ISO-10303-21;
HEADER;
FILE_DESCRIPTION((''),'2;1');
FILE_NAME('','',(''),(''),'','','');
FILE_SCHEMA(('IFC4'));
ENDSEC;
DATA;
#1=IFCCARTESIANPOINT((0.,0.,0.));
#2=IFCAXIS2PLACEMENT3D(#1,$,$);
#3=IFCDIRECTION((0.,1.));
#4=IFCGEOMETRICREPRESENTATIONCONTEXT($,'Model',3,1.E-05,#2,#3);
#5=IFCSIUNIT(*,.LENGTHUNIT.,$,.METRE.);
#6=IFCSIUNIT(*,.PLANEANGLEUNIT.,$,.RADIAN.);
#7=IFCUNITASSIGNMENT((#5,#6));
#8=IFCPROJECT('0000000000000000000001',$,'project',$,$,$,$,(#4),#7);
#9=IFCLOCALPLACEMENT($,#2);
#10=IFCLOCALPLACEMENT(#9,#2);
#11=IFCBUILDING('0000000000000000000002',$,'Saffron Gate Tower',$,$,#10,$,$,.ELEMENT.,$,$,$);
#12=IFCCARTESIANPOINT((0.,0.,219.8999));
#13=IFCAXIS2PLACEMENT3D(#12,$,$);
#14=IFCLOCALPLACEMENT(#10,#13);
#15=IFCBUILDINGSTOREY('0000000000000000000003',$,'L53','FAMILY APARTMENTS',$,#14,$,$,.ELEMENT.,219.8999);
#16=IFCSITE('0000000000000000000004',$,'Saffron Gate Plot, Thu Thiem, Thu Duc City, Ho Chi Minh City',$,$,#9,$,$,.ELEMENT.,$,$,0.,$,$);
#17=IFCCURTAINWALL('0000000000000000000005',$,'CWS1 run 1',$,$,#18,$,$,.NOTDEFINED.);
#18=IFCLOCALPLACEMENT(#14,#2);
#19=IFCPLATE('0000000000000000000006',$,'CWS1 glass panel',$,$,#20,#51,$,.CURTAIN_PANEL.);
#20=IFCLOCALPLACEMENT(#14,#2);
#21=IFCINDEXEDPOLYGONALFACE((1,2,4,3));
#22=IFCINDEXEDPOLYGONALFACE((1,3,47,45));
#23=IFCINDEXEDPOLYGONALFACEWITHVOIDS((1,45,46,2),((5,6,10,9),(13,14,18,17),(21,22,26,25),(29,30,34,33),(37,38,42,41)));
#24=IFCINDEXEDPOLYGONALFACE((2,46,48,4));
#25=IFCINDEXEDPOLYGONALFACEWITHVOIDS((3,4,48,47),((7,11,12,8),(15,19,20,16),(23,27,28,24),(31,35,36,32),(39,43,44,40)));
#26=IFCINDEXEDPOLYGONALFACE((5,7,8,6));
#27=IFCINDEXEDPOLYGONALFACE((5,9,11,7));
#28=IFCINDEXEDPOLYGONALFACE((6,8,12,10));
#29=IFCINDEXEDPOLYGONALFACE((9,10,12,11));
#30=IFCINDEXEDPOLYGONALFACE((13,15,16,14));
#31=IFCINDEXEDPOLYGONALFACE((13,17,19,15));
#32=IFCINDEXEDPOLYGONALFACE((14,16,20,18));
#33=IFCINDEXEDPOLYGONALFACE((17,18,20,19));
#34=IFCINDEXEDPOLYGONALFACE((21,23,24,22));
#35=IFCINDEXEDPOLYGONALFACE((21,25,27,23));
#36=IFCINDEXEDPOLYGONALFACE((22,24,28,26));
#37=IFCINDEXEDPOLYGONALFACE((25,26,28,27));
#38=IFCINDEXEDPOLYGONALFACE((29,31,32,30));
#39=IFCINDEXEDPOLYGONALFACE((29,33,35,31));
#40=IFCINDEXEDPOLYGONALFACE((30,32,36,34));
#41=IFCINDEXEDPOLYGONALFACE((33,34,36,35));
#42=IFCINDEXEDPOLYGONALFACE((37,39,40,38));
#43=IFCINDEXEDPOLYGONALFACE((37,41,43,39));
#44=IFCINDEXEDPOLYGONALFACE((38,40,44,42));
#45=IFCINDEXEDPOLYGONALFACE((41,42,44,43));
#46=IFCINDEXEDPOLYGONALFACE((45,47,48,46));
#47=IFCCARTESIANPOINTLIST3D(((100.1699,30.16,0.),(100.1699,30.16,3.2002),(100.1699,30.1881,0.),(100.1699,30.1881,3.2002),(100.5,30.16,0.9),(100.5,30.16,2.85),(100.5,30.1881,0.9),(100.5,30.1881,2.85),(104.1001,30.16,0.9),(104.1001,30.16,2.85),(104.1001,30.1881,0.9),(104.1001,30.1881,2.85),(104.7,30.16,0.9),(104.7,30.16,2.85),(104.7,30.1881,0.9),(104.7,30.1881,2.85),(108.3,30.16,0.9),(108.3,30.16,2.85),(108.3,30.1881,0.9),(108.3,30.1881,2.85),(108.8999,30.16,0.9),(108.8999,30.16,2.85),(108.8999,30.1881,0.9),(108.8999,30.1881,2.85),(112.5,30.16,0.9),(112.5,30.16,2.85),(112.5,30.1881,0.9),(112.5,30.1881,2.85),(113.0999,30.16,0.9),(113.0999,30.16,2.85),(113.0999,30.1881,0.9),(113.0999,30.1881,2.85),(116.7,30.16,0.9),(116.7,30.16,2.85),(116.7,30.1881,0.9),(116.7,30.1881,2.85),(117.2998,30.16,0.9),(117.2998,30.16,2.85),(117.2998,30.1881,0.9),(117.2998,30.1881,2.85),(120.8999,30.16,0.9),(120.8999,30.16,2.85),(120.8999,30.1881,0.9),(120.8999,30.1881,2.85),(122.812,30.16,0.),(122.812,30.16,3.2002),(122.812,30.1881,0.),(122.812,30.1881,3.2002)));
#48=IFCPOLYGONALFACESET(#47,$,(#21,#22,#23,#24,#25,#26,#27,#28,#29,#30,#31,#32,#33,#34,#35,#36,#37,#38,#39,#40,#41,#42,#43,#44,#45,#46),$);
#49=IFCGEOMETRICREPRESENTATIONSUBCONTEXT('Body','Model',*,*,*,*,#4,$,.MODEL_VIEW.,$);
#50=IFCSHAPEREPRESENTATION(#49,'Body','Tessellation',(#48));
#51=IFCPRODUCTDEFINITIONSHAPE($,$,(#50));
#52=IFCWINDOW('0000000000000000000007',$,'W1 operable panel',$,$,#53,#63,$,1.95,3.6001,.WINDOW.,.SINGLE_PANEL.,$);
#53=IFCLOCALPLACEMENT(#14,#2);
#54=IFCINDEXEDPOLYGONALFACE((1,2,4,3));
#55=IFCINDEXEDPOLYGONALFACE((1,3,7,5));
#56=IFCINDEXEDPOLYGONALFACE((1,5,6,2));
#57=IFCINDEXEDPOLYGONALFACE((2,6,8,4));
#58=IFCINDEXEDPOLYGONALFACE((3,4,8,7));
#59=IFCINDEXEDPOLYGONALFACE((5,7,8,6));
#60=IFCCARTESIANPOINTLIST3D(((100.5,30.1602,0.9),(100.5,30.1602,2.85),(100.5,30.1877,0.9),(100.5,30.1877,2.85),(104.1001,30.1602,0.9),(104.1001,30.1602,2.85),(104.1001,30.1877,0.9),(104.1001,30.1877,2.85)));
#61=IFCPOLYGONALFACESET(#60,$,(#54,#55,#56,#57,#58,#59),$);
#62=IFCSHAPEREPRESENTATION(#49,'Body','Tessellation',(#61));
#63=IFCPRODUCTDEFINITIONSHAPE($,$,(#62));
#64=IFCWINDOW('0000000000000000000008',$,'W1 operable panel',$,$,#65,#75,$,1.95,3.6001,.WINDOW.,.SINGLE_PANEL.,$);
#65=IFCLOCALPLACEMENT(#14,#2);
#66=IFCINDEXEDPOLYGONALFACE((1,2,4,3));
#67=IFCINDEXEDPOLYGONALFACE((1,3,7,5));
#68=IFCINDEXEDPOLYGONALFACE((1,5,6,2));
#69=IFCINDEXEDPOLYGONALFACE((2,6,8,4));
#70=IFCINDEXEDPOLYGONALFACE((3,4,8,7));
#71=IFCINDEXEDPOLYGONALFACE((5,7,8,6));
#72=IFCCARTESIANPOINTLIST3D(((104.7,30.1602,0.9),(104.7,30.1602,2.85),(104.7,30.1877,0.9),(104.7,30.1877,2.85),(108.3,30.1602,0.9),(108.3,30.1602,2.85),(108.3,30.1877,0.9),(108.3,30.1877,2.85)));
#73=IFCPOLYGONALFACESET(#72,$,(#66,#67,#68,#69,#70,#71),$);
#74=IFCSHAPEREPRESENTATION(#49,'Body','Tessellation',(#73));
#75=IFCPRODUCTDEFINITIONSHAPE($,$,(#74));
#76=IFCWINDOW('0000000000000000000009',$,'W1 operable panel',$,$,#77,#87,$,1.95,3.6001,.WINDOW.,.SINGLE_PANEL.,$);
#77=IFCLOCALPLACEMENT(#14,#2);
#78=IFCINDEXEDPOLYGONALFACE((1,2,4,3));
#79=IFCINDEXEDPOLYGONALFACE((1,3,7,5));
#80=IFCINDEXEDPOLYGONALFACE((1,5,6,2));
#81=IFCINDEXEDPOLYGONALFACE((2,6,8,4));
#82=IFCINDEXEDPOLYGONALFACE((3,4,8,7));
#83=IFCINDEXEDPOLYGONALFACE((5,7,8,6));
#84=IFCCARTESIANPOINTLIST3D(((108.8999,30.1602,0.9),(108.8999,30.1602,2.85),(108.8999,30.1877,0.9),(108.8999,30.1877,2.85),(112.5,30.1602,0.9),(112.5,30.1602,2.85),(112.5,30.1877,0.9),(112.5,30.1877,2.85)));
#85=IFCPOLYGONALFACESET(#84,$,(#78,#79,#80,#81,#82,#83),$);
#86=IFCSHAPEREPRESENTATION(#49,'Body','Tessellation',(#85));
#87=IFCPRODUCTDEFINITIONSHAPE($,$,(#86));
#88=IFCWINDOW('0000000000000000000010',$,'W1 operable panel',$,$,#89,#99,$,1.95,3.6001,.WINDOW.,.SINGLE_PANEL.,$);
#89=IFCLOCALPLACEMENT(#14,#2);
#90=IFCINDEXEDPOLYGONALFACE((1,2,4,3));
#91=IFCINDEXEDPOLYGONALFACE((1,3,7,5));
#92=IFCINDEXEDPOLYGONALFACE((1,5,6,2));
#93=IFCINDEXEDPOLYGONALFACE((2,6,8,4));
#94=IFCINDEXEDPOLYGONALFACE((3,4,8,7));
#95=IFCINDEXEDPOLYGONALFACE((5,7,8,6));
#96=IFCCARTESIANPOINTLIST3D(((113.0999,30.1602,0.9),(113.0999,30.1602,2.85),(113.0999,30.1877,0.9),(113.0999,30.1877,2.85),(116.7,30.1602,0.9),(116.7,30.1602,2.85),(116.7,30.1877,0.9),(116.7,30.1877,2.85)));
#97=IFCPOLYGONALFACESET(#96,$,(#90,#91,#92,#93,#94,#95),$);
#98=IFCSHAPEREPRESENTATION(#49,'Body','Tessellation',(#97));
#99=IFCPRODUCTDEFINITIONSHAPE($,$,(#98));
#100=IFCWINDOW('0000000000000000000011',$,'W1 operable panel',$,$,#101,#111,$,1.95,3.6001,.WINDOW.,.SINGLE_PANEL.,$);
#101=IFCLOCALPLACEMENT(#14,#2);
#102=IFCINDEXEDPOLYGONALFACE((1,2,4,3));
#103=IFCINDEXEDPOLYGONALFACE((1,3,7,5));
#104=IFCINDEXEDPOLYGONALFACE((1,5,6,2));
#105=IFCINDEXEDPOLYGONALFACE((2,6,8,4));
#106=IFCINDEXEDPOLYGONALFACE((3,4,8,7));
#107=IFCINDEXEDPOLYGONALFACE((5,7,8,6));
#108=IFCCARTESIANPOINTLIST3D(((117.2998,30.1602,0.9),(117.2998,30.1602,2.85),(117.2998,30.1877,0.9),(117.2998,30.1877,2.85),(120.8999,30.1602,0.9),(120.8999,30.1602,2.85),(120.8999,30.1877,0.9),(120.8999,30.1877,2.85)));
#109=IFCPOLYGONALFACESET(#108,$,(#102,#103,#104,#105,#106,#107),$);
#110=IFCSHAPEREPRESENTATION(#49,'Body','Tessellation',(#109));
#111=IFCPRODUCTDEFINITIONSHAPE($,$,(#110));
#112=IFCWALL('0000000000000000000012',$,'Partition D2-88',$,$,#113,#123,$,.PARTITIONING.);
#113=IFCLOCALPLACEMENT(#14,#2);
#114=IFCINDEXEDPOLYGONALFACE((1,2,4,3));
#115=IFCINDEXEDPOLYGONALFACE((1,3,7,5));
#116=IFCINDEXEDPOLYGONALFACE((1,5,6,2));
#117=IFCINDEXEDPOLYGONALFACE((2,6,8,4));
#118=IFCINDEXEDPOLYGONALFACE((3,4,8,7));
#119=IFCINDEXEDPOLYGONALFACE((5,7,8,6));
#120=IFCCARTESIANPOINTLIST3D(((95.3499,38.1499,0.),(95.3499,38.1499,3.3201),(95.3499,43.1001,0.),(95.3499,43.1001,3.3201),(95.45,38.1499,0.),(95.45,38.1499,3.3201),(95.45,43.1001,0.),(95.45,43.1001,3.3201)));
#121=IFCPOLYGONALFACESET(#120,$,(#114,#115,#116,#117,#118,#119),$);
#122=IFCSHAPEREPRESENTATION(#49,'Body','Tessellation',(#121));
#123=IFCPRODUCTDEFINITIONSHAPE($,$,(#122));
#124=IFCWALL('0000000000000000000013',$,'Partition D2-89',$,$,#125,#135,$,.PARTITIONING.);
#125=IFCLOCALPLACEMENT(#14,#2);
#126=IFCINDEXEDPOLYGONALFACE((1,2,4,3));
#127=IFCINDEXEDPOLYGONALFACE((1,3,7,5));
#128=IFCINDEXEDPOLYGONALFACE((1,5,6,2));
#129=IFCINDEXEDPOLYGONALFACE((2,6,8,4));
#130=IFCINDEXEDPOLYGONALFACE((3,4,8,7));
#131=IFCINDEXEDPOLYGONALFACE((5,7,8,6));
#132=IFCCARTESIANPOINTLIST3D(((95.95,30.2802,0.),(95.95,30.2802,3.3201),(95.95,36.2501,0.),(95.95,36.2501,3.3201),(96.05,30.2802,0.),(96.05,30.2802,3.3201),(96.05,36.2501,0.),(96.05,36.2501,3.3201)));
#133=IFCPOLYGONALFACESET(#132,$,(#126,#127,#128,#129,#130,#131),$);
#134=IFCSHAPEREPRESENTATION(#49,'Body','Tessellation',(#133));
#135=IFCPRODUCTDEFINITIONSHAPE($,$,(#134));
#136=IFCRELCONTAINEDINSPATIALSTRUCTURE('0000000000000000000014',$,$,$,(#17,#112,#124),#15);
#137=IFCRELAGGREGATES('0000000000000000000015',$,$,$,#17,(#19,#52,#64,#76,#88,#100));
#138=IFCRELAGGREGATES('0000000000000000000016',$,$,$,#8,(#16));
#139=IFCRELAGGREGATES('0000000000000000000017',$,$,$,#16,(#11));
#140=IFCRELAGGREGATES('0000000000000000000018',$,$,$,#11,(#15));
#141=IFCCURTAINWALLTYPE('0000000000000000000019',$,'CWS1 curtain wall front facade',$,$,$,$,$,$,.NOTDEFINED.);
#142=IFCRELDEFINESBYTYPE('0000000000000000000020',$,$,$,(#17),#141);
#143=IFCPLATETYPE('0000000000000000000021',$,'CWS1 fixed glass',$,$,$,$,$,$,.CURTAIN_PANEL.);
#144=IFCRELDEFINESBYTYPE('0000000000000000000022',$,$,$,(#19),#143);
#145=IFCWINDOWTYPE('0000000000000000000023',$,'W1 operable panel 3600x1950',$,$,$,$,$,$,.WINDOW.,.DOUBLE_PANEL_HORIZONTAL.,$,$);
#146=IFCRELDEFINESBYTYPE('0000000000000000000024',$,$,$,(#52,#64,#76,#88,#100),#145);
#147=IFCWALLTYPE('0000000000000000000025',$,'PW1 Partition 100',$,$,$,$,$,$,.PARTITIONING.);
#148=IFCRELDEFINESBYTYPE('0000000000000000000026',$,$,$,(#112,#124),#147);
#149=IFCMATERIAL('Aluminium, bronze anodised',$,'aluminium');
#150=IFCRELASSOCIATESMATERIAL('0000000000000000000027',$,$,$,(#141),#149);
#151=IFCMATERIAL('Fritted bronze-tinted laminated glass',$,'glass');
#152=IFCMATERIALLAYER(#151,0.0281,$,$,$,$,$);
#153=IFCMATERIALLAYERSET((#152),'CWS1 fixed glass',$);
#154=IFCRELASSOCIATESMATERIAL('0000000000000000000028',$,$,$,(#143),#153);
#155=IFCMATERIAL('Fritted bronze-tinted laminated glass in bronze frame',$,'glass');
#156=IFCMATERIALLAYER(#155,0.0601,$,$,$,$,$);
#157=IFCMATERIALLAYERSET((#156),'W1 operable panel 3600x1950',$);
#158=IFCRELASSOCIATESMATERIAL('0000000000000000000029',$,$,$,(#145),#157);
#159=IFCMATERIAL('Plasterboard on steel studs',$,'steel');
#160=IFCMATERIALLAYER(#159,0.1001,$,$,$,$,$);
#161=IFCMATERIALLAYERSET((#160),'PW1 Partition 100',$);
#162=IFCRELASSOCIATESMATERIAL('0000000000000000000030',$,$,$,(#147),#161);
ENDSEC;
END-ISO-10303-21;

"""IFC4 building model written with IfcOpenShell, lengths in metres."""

from ifc_helpers import new_model, si_unit, direction, frame, frame_2d, origin, place, context, subcontext, project, spatial, rectangle, extrude, material, layer, layer_set, type_object, element, fill, aggregate, save


model = new_model("IFC4")

# Units and contexts
model_context = context("Model", 3, precision=1e-05, world=origin(), true_north=direction((0.0, 1.0)))
body_context = subcontext(model_context, "Body", "Model", "MODEL_VIEW")
ifc_project = project(units=[si_unit("LENGTHUNIT", "METRE"), si_unit("PLANEANGLEUNIT", "RADIAN")], contexts=[model_context])

# Site, building, storey
site_placement = place(None, origin())
site = spatial("IfcSite", under=ifc_project, at=site_placement, Name="Saffron Gate Plot, Thu Thiem, Thu Duc City, Ho Chi Minh City", CompositionType="ELEMENT", RefElevation=0.0)
building_placement = place(site_placement, origin())
building = spatial("IfcBuilding", under=site, at=building_placement, Name="Saffron Gate Tower", CompositionType="ELEMENT")
storey_placement = place(building_placement, frame((0.0, 0.0, 219.8999)))
storey = spatial("IfcBuildingStorey", under=building, at=storey_placement, Name="L53", Description="FAMILY APARTMENTS", CompositionType="ELEMENT", Elevation=219.8999)

# Curtain wall, plate, openings, windows
ifc_material_1 = material(Name="Aluminium, bronze anodised", Category="aluminium")
curtain_wall_type = type_object("IfcCurtainWallType", Name="CWS1 curtain wall front facade", PredefinedType="NOTDEFINED", material=ifc_material_1)
curtain_wall_placement = place(storey_placement, origin())
curtain_wall = element("IfcCurtainWall", 1, at=curtain_wall_placement, inside=storey, type_object=curtain_wall_type, Name="CWS1 run 1", PredefinedType="NOTDEFINED")
ifc_material_2 = material(Name="Fritted bronze-tinted laminated glass", Category="glass")
ifc_layer_1 = layer(ifc_material_2, 0.0281)
ifc_layer_set_1 = layer_set([ifc_layer_1], Name="CWS1 fixed glass")
plate_type = type_object("IfcPlateType", Name="CWS1 fixed glass", PredefinedType="CURTAIN_PANEL", material=ifc_layer_set_1)
plate_placement = place(storey_placement, frame((100.1699, 30.1741, 0.0), z_axis=(0.0, 0.0, 1.0), x_axis=(1.0, 0.0, 0.0)))
plate = element("IfcPlate", 2, at=plate_placement, type_object=plate_type, Name="CWS1 glass panel", PredefinedType="CURTAIN_PANEL", context=body_context, shape_type="SweptSolid", body=[
    extrude(rectangle(XDim=22.6421, YDim=0.0281, at=frame_2d((11.321, 0.0))), origin(), (0.0, 0.0, 1.0), 3.2002),
])
opening_1_placement = place(plate_placement, frame((0.3301, 0.0, 0.8999)))
opening_1 = element("IfcOpeningElement", 3, at=opening_1_placement, cuts=plate, PredefinedType="OPENING", context=body_context, shape_type="SweptSolid", body=[
    extrude(rectangle(XDim=3.6001, YDim=1.95, at=frame_2d((1.8, 0.9751))), frame((0.0, 0.0239, 0.0), z_axis=(0.0, -1.0, 0.0), x_axis=(1.0, 0.0, 0.0)), (0.0, 0.0, 1.0), 0.0481),
])
opening_2_placement = place(plate_placement, frame((4.53, 0.0, 0.8999)))
opening_2 = element("IfcOpeningElement", 4, at=opening_2_placement, cuts=plate, PredefinedType="OPENING", context=body_context, shape_type="SweptSolid", body=[
    extrude(rectangle(XDim=3.6001, YDim=1.95, at=frame_2d((1.8, 0.9751))), frame((0.0, 0.0239, 0.0), z_axis=(0.0, -1.0, 0.0), x_axis=(1.0, 0.0, 0.0)), (0.0, 0.0, 1.0), 0.0481),
])
opening_3_placement = place(plate_placement, frame((8.73, 0.0, 0.8999)))
opening_3 = element("IfcOpeningElement", 5, at=opening_3_placement, cuts=plate, PredefinedType="OPENING", context=body_context, shape_type="SweptSolid", body=[
    extrude(rectangle(XDim=3.6001, YDim=1.95, at=frame_2d((1.8, 0.9751))), frame((0.0, 0.0239, 0.0), z_axis=(0.0, -1.0, 0.0), x_axis=(1.0, 0.0, 0.0)), (0.0, 0.0, 1.0), 0.0481),
])
opening_4_placement = place(plate_placement, frame((12.9299, 0.0, 0.8999)))
opening_4 = element("IfcOpeningElement", 6, at=opening_4_placement, cuts=plate, PredefinedType="OPENING", context=body_context, shape_type="SweptSolid", body=[
    extrude(rectangle(XDim=3.6001, YDim=1.95, at=frame_2d((1.8, 0.9751))), frame((0.0, 0.0239, 0.0), z_axis=(0.0, -1.0, 0.0), x_axis=(1.0, 0.0, 0.0)), (0.0, 0.0, 1.0), 0.0481),
])
opening_5_placement = place(plate_placement, frame((17.1299, 0.0, 0.8999)))
opening_5 = element("IfcOpeningElement", 7, at=opening_5_placement, cuts=plate, PredefinedType="OPENING", context=body_context, shape_type="SweptSolid", body=[
    extrude(rectangle(XDim=3.6001, YDim=1.95, at=frame_2d((1.8, 0.9751))), frame((0.0, 0.0239, 0.0), z_axis=(0.0, -1.0, 0.0), x_axis=(1.0, 0.0, 0.0)), (0.0, 0.0, 1.0), 0.0481),
])
ifc_material_3 = material(Name="Fritted bronze-tinted laminated glass in bronze frame", Category="glass")
ifc_layer_2 = layer(ifc_material_3, 0.0601)
ifc_layer_set_2 = layer_set([ifc_layer_2], Name="W1 operable panel 3600x1950")
window_type = type_object("IfcWindowType", Name="W1 operable panel 3600x1950", PartitioningType="DOUBLE_PANEL_HORIZONTAL", PredefinedType="WINDOW", material=ifc_layer_set_2)
window_1_placement = place(opening_1_placement, origin())
window_1 = element("IfcWindow", 8, at=window_1_placement, type_object=window_type, Name="W1 operable panel", OverallHeight=1.95, OverallWidth=3.6001, PartitioningType="SINGLE_PANEL", PredefinedType="WINDOW", context=body_context, shape_type="SweptSolid", body=[
    extrude(rectangle(XDim=3.6001, YDim=1.95, at=frame_2d((1.8, 0.9751))), frame((0.0, 0.0137, 0.0), z_axis=(0.0, -1.0, 0.0), x_axis=(1.0, 0.0, 0.0)), (0.0, 0.0, 1.0), 0.0276),
])
fill(opening_1, window_1)
window_2_placement = place(opening_2_placement, origin())
window_2 = element("IfcWindow", 9, at=window_2_placement, type_object=window_type, Name="W1 operable panel", OverallHeight=1.95, OverallWidth=3.6001, PartitioningType="SINGLE_PANEL", PredefinedType="WINDOW", context=body_context, shape_type="SweptSolid", body=[
    extrude(rectangle(XDim=3.6001, YDim=1.95, at=frame_2d((1.8, 0.9751))), frame((0.0, 0.0137, 0.0), z_axis=(0.0, -1.0, 0.0), x_axis=(1.0, 0.0, 0.0)), (0.0, 0.0, 1.0), 0.0276),
])
fill(opening_2, window_2)
window_3_placement = place(opening_3_placement, origin())
window_3 = element("IfcWindow", 10, at=window_3_placement, type_object=window_type, Name="W1 operable panel", OverallHeight=1.95, OverallWidth=3.6001, PartitioningType="SINGLE_PANEL", PredefinedType="WINDOW", context=body_context, shape_type="SweptSolid", body=[
    extrude(rectangle(XDim=3.6001, YDim=1.95, at=frame_2d((1.8, 0.9751))), frame((0.0, 0.0137, 0.0), z_axis=(0.0, -1.0, 0.0), x_axis=(1.0, 0.0, 0.0)), (0.0, 0.0, 1.0), 0.0276),
])
fill(opening_3, window_3)
window_4_placement = place(opening_4_placement, origin())
window_4 = element("IfcWindow", 11, at=window_4_placement, type_object=window_type, Name="W1 operable panel", OverallHeight=1.95, OverallWidth=3.6001, PartitioningType="SINGLE_PANEL", PredefinedType="WINDOW", context=body_context, shape_type="SweptSolid", body=[
    extrude(rectangle(XDim=3.6001, YDim=1.95, at=frame_2d((1.8, 0.9751))), frame((0.0, 0.0137, 0.0), z_axis=(0.0, -1.0, 0.0), x_axis=(1.0, 0.0, 0.0)), (0.0, 0.0, 1.0), 0.0276),
])
fill(opening_4, window_4)
window_5_placement = place(opening_5_placement, origin())
window_5 = element("IfcWindow", 12, at=window_5_placement, type_object=window_type, Name="W1 operable panel", OverallHeight=1.95, OverallWidth=3.6001, PartitioningType="SINGLE_PANEL", PredefinedType="WINDOW", context=body_context, shape_type="SweptSolid", body=[
    extrude(rectangle(XDim=3.6001, YDim=1.95, at=frame_2d((1.8, 0.9751))), frame((0.0, 0.0137, 0.0), z_axis=(0.0, -1.0, 0.0), x_axis=(1.0, 0.0, 0.0)), (0.0, 0.0, 1.0), 0.0276),
])
fill(opening_5, window_5)
aggregate(curtain_wall, [plate, window_1, window_2, window_3, window_4, window_5])

# Walls
ifc_material_4 = material(Name="Plasterboard on steel studs", Category="steel")
ifc_layer_3 = layer(ifc_material_4, 0.1001)
ifc_layer_set_3 = layer_set([ifc_layer_3], Name="PW1 Partition 100")
wall_type_1 = type_object("IfcWallType", Name="PW1 Partition 100", PredefinedType="PARTITIONING", material=ifc_layer_set_3)
wall_1_placement = place(storey_placement, frame((95.3999, 43.1001, 0.0), z_axis=(0.0, 0.0, 1.0), x_axis=(0.0, -1.0, 0.0)))
element("IfcWall", 13, at=wall_1_placement, inside=storey, type_object=wall_type_1, Name="Partition D2-88", PredefinedType="PARTITIONING", context=body_context, shape_type="SweptSolid", body=[
    extrude(rectangle(XDim=4.9502, YDim=0.1001, at=frame_2d((2.4751, 0.0))), origin(), (0.0, 0.0, 1.0), 3.3201),
])
wall_2_placement = place(storey_placement, frame((96.0, 36.25, 0.0), z_axis=(0.0, 0.0, 1.0), x_axis=(0.0, -1.0, 0.0)))
element("IfcWall", 14, at=wall_2_placement, inside=storey, type_object=wall_type_1, Name="Partition D2-89", PredefinedType="PARTITIONING", context=body_context, shape_type="SweptSolid", body=[
    extrude(rectangle(XDim=5.97, YDim=0.1001, at=frame_2d((2.9849, 0.0))), origin(), (0.0, 0.0, 1.0), 3.3201),
])

save(model, "model.ifc")
